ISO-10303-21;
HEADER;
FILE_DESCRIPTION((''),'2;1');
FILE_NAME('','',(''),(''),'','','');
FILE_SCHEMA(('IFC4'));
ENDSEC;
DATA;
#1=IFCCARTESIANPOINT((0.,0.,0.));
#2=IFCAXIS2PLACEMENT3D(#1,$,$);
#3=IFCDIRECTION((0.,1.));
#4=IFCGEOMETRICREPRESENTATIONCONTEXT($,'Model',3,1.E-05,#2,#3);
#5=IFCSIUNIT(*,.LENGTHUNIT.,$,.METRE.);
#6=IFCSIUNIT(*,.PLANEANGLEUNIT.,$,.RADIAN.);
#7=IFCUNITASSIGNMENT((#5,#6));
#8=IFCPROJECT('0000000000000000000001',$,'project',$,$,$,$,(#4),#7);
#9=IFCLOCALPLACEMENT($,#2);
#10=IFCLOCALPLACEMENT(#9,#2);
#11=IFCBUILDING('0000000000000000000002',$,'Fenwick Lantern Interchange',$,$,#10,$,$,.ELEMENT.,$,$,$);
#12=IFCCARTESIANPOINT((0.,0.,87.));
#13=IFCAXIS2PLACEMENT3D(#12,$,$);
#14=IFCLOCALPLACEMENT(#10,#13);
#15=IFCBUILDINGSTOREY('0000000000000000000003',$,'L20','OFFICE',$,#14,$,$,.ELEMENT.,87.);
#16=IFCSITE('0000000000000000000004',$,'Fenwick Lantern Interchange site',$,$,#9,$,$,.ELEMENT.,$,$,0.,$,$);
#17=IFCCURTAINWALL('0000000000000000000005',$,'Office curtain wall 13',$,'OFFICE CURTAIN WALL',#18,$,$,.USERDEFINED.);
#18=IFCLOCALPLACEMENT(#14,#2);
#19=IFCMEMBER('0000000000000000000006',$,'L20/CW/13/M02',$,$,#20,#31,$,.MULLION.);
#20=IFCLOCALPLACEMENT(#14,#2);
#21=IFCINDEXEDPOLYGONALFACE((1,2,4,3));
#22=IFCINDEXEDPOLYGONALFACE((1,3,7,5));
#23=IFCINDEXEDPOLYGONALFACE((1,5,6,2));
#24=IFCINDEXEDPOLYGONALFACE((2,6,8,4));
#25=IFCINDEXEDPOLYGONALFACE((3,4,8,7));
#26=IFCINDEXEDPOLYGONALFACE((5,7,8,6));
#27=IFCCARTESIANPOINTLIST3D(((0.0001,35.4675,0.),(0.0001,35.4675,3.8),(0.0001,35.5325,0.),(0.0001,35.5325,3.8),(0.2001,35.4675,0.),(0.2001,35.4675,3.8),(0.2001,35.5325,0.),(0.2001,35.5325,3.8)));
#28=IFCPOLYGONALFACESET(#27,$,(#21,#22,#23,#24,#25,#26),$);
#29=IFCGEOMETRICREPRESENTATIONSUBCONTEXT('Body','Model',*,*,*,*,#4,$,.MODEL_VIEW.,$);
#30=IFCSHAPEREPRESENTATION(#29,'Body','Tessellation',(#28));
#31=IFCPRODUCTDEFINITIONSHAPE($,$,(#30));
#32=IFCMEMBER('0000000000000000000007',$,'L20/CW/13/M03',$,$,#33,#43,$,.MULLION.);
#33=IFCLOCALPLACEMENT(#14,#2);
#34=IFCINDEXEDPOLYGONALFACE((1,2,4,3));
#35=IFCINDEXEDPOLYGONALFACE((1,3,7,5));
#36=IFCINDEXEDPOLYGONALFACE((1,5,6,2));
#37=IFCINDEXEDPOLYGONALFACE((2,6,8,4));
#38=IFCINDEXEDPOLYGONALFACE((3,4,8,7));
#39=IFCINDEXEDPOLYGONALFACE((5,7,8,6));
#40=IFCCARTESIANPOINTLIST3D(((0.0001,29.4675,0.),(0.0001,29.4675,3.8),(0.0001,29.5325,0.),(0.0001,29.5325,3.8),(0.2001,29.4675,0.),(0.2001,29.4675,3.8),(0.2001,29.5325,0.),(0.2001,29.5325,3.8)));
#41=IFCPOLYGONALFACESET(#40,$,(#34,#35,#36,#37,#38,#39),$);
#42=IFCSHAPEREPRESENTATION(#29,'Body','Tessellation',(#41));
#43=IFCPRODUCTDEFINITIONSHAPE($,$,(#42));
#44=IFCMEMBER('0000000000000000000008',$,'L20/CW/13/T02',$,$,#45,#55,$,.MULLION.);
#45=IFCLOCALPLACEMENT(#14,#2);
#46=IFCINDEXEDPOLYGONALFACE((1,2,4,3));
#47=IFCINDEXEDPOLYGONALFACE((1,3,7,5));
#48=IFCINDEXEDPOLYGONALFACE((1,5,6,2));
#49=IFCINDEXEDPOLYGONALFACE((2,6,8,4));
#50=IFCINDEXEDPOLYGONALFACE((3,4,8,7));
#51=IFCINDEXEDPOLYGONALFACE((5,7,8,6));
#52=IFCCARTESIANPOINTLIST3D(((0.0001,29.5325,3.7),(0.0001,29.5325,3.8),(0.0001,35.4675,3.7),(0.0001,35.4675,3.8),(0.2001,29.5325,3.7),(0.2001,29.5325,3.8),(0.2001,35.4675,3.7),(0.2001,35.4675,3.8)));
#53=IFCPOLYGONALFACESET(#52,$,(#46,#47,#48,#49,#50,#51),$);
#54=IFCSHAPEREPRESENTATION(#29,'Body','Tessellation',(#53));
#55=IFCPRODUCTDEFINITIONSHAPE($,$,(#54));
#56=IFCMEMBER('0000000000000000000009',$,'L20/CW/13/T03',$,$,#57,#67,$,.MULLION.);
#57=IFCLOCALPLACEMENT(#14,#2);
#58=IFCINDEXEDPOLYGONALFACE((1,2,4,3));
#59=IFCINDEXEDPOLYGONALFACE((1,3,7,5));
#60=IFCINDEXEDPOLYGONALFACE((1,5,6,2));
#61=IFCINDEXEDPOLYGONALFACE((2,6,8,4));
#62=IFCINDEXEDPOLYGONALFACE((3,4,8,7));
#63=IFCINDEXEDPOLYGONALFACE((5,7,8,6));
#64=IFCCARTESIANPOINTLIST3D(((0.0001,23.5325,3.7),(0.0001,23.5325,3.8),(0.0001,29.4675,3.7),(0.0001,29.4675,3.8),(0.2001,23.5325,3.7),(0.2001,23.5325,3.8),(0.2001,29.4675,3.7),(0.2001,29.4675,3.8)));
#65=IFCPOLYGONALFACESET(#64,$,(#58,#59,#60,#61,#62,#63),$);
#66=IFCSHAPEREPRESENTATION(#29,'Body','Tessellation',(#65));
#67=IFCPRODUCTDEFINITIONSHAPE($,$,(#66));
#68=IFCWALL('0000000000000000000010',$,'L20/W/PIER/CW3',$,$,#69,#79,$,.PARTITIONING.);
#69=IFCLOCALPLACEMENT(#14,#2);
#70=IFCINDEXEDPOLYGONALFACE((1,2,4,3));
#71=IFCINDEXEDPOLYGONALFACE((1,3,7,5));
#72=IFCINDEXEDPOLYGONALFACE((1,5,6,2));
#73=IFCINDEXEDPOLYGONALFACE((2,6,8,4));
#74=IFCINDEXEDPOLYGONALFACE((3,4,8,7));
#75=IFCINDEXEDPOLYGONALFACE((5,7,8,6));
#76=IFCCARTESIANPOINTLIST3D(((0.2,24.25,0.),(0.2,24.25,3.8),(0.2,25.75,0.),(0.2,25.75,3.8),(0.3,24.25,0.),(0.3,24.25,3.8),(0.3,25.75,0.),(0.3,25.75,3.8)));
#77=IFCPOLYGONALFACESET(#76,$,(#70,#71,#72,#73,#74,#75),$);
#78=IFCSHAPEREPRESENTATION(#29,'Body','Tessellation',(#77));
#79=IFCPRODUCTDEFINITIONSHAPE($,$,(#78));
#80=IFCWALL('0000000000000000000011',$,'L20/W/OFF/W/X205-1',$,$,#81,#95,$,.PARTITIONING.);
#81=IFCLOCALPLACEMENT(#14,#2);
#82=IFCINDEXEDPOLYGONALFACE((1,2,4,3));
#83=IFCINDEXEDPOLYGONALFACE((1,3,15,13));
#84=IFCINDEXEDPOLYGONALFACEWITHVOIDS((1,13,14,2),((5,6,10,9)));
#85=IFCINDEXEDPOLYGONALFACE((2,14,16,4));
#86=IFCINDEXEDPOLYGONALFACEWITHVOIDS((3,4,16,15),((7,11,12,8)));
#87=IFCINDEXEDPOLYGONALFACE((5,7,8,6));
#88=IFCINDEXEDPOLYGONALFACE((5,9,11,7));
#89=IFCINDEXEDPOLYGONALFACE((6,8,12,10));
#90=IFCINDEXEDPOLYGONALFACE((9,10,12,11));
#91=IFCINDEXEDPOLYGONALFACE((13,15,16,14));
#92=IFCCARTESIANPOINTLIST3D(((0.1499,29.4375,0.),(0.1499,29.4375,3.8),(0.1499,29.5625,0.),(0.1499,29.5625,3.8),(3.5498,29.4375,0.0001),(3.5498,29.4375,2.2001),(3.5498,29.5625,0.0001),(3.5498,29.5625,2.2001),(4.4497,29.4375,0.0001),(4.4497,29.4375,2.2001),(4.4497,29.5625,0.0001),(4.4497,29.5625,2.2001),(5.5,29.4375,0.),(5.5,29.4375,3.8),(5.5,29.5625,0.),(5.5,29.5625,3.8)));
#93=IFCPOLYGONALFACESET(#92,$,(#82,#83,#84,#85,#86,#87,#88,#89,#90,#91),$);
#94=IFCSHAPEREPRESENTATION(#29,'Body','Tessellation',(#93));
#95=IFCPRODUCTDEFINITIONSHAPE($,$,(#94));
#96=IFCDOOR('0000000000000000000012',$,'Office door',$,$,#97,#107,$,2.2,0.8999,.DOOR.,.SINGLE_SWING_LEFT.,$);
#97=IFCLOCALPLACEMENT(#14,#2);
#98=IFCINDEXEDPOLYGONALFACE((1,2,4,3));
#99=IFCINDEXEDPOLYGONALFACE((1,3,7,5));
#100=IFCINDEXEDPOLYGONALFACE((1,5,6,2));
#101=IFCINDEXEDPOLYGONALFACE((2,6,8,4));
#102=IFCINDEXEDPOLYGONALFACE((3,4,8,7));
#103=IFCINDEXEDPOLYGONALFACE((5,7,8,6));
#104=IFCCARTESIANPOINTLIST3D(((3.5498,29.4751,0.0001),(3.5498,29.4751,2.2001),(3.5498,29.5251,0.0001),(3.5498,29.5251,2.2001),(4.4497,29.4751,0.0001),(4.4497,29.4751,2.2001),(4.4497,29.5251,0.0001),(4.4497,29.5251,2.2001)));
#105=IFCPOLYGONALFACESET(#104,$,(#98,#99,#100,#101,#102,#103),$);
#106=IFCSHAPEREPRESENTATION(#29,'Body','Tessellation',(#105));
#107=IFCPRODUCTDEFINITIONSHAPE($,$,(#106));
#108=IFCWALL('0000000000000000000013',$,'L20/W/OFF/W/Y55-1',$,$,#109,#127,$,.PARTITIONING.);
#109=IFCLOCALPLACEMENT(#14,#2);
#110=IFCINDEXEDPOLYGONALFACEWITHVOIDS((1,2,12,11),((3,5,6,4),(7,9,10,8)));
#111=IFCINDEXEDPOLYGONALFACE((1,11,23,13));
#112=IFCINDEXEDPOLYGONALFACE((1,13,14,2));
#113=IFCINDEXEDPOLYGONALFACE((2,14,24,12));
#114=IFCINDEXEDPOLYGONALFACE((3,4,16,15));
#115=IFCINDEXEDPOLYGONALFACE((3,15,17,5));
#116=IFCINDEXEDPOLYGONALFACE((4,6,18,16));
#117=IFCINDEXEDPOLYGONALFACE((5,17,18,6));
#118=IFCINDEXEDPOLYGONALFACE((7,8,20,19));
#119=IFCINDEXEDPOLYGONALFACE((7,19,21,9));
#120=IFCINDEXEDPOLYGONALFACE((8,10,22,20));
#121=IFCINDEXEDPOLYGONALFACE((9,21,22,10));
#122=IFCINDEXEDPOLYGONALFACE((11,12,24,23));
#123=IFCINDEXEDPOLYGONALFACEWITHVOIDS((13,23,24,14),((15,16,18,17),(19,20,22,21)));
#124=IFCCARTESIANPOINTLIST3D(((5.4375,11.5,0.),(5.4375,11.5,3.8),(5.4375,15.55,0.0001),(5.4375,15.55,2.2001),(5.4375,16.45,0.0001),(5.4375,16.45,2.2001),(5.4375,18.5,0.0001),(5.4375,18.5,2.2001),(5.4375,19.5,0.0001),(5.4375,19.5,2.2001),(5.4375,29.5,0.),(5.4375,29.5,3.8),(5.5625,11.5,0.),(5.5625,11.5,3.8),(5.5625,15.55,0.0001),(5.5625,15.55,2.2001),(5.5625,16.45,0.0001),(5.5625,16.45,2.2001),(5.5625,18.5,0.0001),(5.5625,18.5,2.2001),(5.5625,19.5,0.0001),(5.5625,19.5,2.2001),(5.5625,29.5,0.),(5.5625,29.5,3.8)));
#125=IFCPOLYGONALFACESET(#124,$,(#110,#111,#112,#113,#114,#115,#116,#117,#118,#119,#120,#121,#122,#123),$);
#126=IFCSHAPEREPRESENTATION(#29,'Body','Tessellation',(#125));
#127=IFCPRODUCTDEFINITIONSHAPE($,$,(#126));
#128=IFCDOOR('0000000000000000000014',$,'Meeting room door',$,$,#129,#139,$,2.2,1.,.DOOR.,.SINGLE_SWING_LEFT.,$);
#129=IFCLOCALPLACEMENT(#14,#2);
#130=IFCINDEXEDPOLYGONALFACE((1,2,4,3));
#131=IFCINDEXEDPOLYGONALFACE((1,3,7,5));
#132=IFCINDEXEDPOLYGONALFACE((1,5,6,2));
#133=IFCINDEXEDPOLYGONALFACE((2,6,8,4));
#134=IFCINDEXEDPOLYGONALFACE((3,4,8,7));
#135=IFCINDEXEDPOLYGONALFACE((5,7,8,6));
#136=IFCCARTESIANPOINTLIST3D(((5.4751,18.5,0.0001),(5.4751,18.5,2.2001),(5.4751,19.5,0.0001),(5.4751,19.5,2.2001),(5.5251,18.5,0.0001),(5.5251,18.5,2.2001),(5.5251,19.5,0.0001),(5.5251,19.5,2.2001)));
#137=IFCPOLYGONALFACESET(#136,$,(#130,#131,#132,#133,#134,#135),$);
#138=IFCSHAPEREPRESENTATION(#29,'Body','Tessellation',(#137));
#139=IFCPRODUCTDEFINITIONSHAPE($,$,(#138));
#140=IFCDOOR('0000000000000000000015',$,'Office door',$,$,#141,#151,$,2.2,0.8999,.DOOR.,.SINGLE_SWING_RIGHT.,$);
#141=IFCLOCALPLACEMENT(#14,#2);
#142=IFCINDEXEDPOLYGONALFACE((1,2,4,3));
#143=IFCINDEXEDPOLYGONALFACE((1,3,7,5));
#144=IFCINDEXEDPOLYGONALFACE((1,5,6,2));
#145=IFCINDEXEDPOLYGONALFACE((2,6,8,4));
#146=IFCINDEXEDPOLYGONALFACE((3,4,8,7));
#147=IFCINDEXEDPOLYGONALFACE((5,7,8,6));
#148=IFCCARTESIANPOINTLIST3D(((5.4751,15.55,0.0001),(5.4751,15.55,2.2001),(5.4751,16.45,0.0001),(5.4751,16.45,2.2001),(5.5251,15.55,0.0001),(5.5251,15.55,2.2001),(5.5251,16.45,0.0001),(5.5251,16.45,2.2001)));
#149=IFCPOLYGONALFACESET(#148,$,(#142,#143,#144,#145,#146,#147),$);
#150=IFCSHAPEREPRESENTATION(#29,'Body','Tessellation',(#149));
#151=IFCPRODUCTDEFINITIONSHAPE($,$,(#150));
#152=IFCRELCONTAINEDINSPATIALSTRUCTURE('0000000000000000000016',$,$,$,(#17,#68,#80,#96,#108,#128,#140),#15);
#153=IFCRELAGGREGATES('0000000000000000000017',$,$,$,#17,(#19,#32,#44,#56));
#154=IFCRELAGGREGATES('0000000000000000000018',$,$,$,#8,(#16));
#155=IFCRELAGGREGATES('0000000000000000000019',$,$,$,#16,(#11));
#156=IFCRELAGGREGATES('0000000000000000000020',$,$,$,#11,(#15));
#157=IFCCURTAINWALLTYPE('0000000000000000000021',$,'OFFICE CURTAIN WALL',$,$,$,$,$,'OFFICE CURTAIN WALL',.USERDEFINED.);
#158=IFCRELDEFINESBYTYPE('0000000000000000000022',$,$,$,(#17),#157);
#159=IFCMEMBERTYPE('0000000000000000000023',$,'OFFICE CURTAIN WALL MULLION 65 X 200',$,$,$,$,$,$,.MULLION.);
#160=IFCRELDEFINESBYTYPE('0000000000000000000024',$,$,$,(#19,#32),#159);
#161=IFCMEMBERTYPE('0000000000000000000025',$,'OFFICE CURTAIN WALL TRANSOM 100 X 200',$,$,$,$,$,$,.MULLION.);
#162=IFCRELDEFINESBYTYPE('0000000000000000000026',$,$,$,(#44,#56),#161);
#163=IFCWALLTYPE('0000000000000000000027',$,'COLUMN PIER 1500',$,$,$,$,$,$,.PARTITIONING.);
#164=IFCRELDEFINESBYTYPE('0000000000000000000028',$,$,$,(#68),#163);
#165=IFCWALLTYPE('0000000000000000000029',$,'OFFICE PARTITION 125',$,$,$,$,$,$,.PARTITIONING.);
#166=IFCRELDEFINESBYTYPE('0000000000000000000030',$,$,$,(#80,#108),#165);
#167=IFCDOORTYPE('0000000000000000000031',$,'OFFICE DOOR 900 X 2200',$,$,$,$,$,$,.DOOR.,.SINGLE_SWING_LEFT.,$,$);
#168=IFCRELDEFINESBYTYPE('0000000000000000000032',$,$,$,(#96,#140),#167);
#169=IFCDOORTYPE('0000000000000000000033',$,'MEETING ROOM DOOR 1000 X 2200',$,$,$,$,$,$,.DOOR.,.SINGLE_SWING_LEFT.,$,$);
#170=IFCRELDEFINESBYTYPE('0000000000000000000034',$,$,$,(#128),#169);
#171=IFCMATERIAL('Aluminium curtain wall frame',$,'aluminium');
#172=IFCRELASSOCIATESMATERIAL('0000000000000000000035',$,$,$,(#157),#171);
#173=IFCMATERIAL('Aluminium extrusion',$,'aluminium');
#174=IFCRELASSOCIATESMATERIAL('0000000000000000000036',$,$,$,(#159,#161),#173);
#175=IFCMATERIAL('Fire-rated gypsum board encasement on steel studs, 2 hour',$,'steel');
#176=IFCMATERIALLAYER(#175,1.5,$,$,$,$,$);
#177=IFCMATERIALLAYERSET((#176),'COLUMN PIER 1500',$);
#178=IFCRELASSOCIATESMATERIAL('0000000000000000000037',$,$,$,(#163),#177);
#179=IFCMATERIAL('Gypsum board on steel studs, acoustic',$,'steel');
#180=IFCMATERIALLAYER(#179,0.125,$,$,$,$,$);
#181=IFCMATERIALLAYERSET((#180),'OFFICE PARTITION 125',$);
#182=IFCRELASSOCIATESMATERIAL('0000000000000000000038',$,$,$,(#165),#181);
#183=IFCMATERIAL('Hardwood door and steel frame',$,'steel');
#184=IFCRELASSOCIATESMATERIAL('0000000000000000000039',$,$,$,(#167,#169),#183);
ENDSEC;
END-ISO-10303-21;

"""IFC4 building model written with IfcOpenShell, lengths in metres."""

from ifc_helpers import new_model, si_unit, direction, frame, frame_2d, origin, origin_2d, place, context, subcontext, project, spatial, rectangle, extrude, material, layer, layer_set, material_profile, profile_set, type_object, element, fill, aggregate, save


model = new_model("IFC4")

# Units and contexts
model_context = context("Model", 3, precision=1e-05, world=origin(), true_north=direction((0.0, 1.0)))
body_context = subcontext(model_context, "Body", "Model", "MODEL_VIEW")
ifc_project = project(units=[si_unit("LENGTHUNIT", "METRE"), si_unit("PLANEANGLEUNIT", "RADIAN")], contexts=[model_context])

# Site, building, storey
site_placement = place(None, origin())
site = spatial("IfcSite", under=ifc_project, at=site_placement, Name="Fenwick Lantern Interchange site", CompositionType="ELEMENT", RefElevation=0.0)
building_placement = place(site_placement, origin())
building = spatial("IfcBuilding", under=site, at=building_placement, Name="Fenwick Lantern Interchange", CompositionType="ELEMENT")
storey_placement = place(building_placement, frame((0.0, 0.0, 87.0)))
storey = spatial("IfcBuildingStorey", under=building, at=storey_placement, Name="L20", Description="OFFICE", CompositionType="ELEMENT", Elevation=87.0)

# Curtain wall, members
ifc_material_1 = material(Name="Aluminium curtain wall frame", Category="aluminium")
curtain_wall_type = type_object("IfcCurtainWallType", Name="OFFICE CURTAIN WALL", ElementType="OFFICE CURTAIN WALL", PredefinedType="USERDEFINED", material=ifc_material_1)
curtain_wall_placement = place(storey_placement, origin())
curtain_wall = element("IfcCurtainWall", 1, at=curtain_wall_placement, inside=storey, type_object=curtain_wall_type, Name="Office curtain wall 13", ObjectType="OFFICE CURTAIN WALL", PredefinedType="USERDEFINED")
ifc_material_2 = material(Name="Aluminium extrusion", Category="aluminium")
ifc_material_profile_1 = material_profile(ifc_material_2, rectangle(XDim=0.2, YDim=0.0649, at=origin_2d()), Name="OFFICE CURTAIN WALL MULLION 65 X 200")
ifc_profile_set_1 = profile_set([ifc_material_profile_1], Name="Aluminium extrusion")
member_type_1 = type_object("IfcMemberType", Name="OFFICE CURTAIN WALL MULLION 65 X 200", PredefinedType="MULLION", material=ifc_profile_set_1)
member_1_placement = place(storey_placement, frame((0.1001, 35.5, 0.0), z_axis=(0.0, 0.0, 1.0), x_axis=(1.0, 0.0, 0.0)))
member_1 = element("IfcMember", 2, at=member_1_placement, type_object=member_type_1, Name="L20/CW/13/M02", PredefinedType="MULLION", context=body_context, shape_type="SweptSolid", body=[
    extrude(rectangle(XDim=0.2, YDim=0.0649, at=origin_2d()), origin(), (0.0, 0.0, 1.0), 3.8),
])
member_2_placement = place(storey_placement, frame((0.1001, 29.5, 0.0), z_axis=(0.0, 0.0, 1.0), x_axis=(1.0, 0.0, 0.0)))
member_2 = element("IfcMember", 3, at=member_2_placement, type_object=member_type_1, Name="L20/CW/13/M03", PredefinedType="MULLION", context=body_context, shape_type="SweptSolid", body=[
    extrude(rectangle(XDim=0.2, YDim=0.0649, at=origin_2d()), origin(), (0.0, 0.0, 1.0), 3.8),
])
ifc_material_profile_2 = material_profile(ifc_material_2, rectangle(XDim=0.2, YDim=0.1001, at=origin_2d()), Name="OFFICE CURTAIN WALL TRANSOM 100 X 200")
ifc_profile_set_2 = profile_set([ifc_material_profile_2], Name="Aluminium extrusion")
member_type_2 = type_object("IfcMemberType", Name="OFFICE CURTAIN WALL TRANSOM 100 X 200", PredefinedType="MULLION", material=ifc_profile_set_2)
member_3_placement = place(storey_placement, frame((0.1001, 35.4675, 3.75), z_axis=(0.0, -1.0, 0.0), x_axis=(1.0, 0.0, 0.0)))
member_3 = element("IfcMember", 4, at=member_3_placement, type_object=member_type_2, Name="L20/CW/13/T02", PredefinedType="MULLION", context=body_context, shape_type="SweptSolid", body=[
    extrude(rectangle(XDim=0.2, YDim=0.1001, at=origin_2d()), origin(), (0.0, 0.0, 1.0), 5.9351),
])
member_4_placement = place(storey_placement, frame((0.1001, 29.4675, 3.75), z_axis=(0.0, -1.0, 0.0), x_axis=(1.0, 0.0, 0.0)))
member_4 = element("IfcMember", 5, at=member_4_placement, type_object=member_type_2, Name="L20/CW/13/T03", PredefinedType="MULLION", context=body_context, shape_type="SweptSolid", body=[
    extrude(rectangle(XDim=0.2, YDim=0.1001, at=origin_2d()), origin(), (0.0, 0.0, 1.0), 5.9351),
])
aggregate(curtain_wall, [member_1, member_2, member_3, member_4])

# Wall
ifc_material_3 = material(Name="Fire-rated gypsum board encasement on steel studs, 2 hour", Category="steel")
ifc_layer_1 = layer(ifc_material_3, 1.5)
ifc_layer_set_1 = layer_set([ifc_layer_1], Name="COLUMN PIER 1500")
wall_type_1 = type_object("IfcWallType", Name="COLUMN PIER 1500", PredefinedType="PARTITIONING", material=ifc_layer_set_1)
wall_1_placement = place(storey_placement, frame((0.2, 25.0, 0.0), z_axis=(0.0, 0.0, 1.0), x_axis=(1.0, 0.0, 0.0)))
element("IfcWall", 6, at=wall_1_placement, inside=storey, type_object=wall_type_1, Name="L20/W/PIER/CW3", PredefinedType="PARTITIONING", context=body_context, shape_type="SweptSolid", body=[
    extrude(rectangle(XDim=0.1001, YDim=1.5, at=frame_2d((0.05, 0.0))), origin(), (0.0, 0.0, 1.0), 3.8),
])

# Wall, opening, door
ifc_material_4 = material(Name="Gypsum board on steel studs, acoustic", Category="steel")
ifc_layer_2 = layer(ifc_material_4, 0.125)
ifc_layer_set_2 = layer_set([ifc_layer_2], Name="OFFICE PARTITION 125")
wall_type_2 = type_object("IfcWallType", Name="OFFICE PARTITION 125", PredefinedType="PARTITIONING", material=ifc_layer_set_2)
wall_2_placement = place(storey_placement, frame((0.1499, 29.5, 0.0), z_axis=(0.0, 0.0, 1.0), x_axis=(1.0, 0.0, 0.0)))
wall_2 = element("IfcWall", 7, at=wall_2_placement, inside=storey, type_object=wall_type_2, Name="L20/W/OFF/W/X205-1", PredefinedType="PARTITIONING", context=body_context, shape_type="SweptSolid", body=[
    extrude(rectangle(XDim=5.3501, YDim=0.125, at=frame_2d((2.675, 0.0))), origin(), (0.0, 0.0, 1.0), 3.8),
])
opening_1_placement = place(wall_2_placement, frame((3.3999, 0.0, 0.0)))
opening_1 = element("IfcOpeningElement", 8, at=opening_1_placement, cuts=wall_2, PredefinedType="OPENING", context=body_context, shape_type="SweptSolid", body=[
    extrude(rectangle(XDim=0.8999, YDim=2.2, at=frame_2d((0.45, 1.1001))), frame((0.0, 0.0725, 0.0), z_axis=(0.0, -1.0, 0.0), x_axis=(1.0, 0.0, 0.0)), (0.0, 0.0, 1.0), 0.145),
])
ifc_material_5 = material(Name="Hardwood door and steel frame", Category="steel")
door_type_1 = type_object("IfcDoorType", Name="OFFICE DOOR 900 X 2200", OperationType="SINGLE_SWING_LEFT", PredefinedType="DOOR", material=ifc_material_5)
door_1_placement = place(opening_1_placement, frame((0.8999, 0.0, 0.0), z_axis=(0.0, 0.0, 1.0), x_axis=(-1.0, 0.0, 0.0)))
door_1 = element("IfcDoor", 9, at=door_1_placement, inside=storey, type_object=door_type_1, Name="Office door", OperationType="SINGLE_SWING_LEFT", OverallHeight=2.2, OverallWidth=0.8999, PredefinedType="DOOR", context=body_context, shape_type="SweptSolid", body=[
    extrude(rectangle(XDim=0.8999, YDim=2.2, at=frame_2d((0.45, 1.1001))), frame((0.0, 0.0249, 0.0), z_axis=(0.0, -1.0, 0.0), x_axis=(1.0, 0.0, 0.0)), (0.0, 0.0, 1.0), 0.05),
])
fill(opening_1, door_1)

# Wall, openings, doors
wall_3_placement = place(storey_placement, frame((5.5, 29.5, 0.0), z_axis=(0.0, 0.0, 1.0), x_axis=(0.0, -1.0, 0.0)))
wall_3 = element("IfcWall", 10, at=wall_3_placement, inside=storey, type_object=wall_type_2, Name="L20/W/OFF/W/Y55-1", PredefinedType="PARTITIONING", context=body_context, shape_type="SweptSolid", body=[
    extrude(rectangle(XDim=18.0, YDim=0.125, at=frame_2d((9.0, 0.0))), origin(), (0.0, 0.0, 1.0), 3.8),
])
opening_2_placement = place(wall_3_placement, frame((10.0, 0.0, 0.0)))
opening_2 = element("IfcOpeningElement", 11, at=opening_2_placement, cuts=wall_3, PredefinedType="OPENING", context=body_context, shape_type="SweptSolid", body=[
    extrude(rectangle(XDim=1.0, YDim=2.2, at=frame_2d((0.5, 1.1001))), frame((0.0, 0.0725, 0.0), z_axis=(0.0, -1.0, 0.0), x_axis=(1.0, 0.0, 0.0)), (0.0, 0.0, 1.0), 0.145),
])
opening_3_placement = place(wall_3_placement, frame((13.05, 0.0, 0.0)))
opening_3 = element("IfcOpeningElement", 12, at=opening_3_placement, cuts=wall_3, PredefinedType="OPENING", context=body_context, shape_type="SweptSolid", body=[
    extrude(rectangle(XDim=0.8999, YDim=2.2, at=frame_2d((0.45, 1.1001))), frame((0.0, 0.0725, 0.0), z_axis=(0.0, -1.0, 0.0), x_axis=(1.0, 0.0, 0.0)), (0.0, 0.0, 1.0), 0.145),
])
door_type_2 = type_object("IfcDoorType", Name="MEETING ROOM DOOR 1000 X 2200", OperationType="SINGLE_SWING_LEFT", PredefinedType="DOOR", material=ifc_material_5)
door_2_placement = place(opening_2_placement, frame((1.0, 0.0, 0.0), z_axis=(0.0, 0.0, 1.0), x_axis=(-1.0, 0.0, 0.0)))
door_2 = element("IfcDoor", 13, at=door_2_placement, inside=storey, type_object=door_type_2, Name="Meeting room door", OperationType="SINGLE_SWING_LEFT", OverallHeight=2.2, OverallWidth=1.0, PredefinedType="DOOR", context=body_context, shape_type="SweptSolid", body=[
    extrude(rectangle(XDim=1.0, YDim=2.2, at=frame_2d((0.5, 1.1001))), frame((0.0, 0.0249, 0.0), z_axis=(0.0, -1.0, 0.0), x_axis=(1.0, 0.0, 0.0)), (0.0, 0.0, 1.0), 0.05),
])
fill(opening_2, door_2)
door_3_placement = place(opening_3_placement, frame((0.8999, 0.0, 0.0), z_axis=(0.0, 0.0, 1.0), x_axis=(-1.0, 0.0, 0.0)))
door_3 = element("IfcDoor", 14, at=door_3_placement, inside=storey, type_object=door_type_1, Name="Office door", OperationType="SINGLE_SWING_RIGHT", OverallHeight=2.2, OverallWidth=0.8999, PredefinedType="DOOR", context=body_context, shape_type="SweptSolid", body=[
    extrude(rectangle(XDim=0.8999, YDim=2.2, at=frame_2d((0.45, 1.1001))), frame((0.0, 0.0249, 0.0), z_axis=(0.0, -1.0, 0.0), x_axis=(1.0, 0.0, 0.0)), (0.0, 0.0, 1.0), 0.05),
])
fill(opening_3, door_3)

save(model, "model.ifc")
